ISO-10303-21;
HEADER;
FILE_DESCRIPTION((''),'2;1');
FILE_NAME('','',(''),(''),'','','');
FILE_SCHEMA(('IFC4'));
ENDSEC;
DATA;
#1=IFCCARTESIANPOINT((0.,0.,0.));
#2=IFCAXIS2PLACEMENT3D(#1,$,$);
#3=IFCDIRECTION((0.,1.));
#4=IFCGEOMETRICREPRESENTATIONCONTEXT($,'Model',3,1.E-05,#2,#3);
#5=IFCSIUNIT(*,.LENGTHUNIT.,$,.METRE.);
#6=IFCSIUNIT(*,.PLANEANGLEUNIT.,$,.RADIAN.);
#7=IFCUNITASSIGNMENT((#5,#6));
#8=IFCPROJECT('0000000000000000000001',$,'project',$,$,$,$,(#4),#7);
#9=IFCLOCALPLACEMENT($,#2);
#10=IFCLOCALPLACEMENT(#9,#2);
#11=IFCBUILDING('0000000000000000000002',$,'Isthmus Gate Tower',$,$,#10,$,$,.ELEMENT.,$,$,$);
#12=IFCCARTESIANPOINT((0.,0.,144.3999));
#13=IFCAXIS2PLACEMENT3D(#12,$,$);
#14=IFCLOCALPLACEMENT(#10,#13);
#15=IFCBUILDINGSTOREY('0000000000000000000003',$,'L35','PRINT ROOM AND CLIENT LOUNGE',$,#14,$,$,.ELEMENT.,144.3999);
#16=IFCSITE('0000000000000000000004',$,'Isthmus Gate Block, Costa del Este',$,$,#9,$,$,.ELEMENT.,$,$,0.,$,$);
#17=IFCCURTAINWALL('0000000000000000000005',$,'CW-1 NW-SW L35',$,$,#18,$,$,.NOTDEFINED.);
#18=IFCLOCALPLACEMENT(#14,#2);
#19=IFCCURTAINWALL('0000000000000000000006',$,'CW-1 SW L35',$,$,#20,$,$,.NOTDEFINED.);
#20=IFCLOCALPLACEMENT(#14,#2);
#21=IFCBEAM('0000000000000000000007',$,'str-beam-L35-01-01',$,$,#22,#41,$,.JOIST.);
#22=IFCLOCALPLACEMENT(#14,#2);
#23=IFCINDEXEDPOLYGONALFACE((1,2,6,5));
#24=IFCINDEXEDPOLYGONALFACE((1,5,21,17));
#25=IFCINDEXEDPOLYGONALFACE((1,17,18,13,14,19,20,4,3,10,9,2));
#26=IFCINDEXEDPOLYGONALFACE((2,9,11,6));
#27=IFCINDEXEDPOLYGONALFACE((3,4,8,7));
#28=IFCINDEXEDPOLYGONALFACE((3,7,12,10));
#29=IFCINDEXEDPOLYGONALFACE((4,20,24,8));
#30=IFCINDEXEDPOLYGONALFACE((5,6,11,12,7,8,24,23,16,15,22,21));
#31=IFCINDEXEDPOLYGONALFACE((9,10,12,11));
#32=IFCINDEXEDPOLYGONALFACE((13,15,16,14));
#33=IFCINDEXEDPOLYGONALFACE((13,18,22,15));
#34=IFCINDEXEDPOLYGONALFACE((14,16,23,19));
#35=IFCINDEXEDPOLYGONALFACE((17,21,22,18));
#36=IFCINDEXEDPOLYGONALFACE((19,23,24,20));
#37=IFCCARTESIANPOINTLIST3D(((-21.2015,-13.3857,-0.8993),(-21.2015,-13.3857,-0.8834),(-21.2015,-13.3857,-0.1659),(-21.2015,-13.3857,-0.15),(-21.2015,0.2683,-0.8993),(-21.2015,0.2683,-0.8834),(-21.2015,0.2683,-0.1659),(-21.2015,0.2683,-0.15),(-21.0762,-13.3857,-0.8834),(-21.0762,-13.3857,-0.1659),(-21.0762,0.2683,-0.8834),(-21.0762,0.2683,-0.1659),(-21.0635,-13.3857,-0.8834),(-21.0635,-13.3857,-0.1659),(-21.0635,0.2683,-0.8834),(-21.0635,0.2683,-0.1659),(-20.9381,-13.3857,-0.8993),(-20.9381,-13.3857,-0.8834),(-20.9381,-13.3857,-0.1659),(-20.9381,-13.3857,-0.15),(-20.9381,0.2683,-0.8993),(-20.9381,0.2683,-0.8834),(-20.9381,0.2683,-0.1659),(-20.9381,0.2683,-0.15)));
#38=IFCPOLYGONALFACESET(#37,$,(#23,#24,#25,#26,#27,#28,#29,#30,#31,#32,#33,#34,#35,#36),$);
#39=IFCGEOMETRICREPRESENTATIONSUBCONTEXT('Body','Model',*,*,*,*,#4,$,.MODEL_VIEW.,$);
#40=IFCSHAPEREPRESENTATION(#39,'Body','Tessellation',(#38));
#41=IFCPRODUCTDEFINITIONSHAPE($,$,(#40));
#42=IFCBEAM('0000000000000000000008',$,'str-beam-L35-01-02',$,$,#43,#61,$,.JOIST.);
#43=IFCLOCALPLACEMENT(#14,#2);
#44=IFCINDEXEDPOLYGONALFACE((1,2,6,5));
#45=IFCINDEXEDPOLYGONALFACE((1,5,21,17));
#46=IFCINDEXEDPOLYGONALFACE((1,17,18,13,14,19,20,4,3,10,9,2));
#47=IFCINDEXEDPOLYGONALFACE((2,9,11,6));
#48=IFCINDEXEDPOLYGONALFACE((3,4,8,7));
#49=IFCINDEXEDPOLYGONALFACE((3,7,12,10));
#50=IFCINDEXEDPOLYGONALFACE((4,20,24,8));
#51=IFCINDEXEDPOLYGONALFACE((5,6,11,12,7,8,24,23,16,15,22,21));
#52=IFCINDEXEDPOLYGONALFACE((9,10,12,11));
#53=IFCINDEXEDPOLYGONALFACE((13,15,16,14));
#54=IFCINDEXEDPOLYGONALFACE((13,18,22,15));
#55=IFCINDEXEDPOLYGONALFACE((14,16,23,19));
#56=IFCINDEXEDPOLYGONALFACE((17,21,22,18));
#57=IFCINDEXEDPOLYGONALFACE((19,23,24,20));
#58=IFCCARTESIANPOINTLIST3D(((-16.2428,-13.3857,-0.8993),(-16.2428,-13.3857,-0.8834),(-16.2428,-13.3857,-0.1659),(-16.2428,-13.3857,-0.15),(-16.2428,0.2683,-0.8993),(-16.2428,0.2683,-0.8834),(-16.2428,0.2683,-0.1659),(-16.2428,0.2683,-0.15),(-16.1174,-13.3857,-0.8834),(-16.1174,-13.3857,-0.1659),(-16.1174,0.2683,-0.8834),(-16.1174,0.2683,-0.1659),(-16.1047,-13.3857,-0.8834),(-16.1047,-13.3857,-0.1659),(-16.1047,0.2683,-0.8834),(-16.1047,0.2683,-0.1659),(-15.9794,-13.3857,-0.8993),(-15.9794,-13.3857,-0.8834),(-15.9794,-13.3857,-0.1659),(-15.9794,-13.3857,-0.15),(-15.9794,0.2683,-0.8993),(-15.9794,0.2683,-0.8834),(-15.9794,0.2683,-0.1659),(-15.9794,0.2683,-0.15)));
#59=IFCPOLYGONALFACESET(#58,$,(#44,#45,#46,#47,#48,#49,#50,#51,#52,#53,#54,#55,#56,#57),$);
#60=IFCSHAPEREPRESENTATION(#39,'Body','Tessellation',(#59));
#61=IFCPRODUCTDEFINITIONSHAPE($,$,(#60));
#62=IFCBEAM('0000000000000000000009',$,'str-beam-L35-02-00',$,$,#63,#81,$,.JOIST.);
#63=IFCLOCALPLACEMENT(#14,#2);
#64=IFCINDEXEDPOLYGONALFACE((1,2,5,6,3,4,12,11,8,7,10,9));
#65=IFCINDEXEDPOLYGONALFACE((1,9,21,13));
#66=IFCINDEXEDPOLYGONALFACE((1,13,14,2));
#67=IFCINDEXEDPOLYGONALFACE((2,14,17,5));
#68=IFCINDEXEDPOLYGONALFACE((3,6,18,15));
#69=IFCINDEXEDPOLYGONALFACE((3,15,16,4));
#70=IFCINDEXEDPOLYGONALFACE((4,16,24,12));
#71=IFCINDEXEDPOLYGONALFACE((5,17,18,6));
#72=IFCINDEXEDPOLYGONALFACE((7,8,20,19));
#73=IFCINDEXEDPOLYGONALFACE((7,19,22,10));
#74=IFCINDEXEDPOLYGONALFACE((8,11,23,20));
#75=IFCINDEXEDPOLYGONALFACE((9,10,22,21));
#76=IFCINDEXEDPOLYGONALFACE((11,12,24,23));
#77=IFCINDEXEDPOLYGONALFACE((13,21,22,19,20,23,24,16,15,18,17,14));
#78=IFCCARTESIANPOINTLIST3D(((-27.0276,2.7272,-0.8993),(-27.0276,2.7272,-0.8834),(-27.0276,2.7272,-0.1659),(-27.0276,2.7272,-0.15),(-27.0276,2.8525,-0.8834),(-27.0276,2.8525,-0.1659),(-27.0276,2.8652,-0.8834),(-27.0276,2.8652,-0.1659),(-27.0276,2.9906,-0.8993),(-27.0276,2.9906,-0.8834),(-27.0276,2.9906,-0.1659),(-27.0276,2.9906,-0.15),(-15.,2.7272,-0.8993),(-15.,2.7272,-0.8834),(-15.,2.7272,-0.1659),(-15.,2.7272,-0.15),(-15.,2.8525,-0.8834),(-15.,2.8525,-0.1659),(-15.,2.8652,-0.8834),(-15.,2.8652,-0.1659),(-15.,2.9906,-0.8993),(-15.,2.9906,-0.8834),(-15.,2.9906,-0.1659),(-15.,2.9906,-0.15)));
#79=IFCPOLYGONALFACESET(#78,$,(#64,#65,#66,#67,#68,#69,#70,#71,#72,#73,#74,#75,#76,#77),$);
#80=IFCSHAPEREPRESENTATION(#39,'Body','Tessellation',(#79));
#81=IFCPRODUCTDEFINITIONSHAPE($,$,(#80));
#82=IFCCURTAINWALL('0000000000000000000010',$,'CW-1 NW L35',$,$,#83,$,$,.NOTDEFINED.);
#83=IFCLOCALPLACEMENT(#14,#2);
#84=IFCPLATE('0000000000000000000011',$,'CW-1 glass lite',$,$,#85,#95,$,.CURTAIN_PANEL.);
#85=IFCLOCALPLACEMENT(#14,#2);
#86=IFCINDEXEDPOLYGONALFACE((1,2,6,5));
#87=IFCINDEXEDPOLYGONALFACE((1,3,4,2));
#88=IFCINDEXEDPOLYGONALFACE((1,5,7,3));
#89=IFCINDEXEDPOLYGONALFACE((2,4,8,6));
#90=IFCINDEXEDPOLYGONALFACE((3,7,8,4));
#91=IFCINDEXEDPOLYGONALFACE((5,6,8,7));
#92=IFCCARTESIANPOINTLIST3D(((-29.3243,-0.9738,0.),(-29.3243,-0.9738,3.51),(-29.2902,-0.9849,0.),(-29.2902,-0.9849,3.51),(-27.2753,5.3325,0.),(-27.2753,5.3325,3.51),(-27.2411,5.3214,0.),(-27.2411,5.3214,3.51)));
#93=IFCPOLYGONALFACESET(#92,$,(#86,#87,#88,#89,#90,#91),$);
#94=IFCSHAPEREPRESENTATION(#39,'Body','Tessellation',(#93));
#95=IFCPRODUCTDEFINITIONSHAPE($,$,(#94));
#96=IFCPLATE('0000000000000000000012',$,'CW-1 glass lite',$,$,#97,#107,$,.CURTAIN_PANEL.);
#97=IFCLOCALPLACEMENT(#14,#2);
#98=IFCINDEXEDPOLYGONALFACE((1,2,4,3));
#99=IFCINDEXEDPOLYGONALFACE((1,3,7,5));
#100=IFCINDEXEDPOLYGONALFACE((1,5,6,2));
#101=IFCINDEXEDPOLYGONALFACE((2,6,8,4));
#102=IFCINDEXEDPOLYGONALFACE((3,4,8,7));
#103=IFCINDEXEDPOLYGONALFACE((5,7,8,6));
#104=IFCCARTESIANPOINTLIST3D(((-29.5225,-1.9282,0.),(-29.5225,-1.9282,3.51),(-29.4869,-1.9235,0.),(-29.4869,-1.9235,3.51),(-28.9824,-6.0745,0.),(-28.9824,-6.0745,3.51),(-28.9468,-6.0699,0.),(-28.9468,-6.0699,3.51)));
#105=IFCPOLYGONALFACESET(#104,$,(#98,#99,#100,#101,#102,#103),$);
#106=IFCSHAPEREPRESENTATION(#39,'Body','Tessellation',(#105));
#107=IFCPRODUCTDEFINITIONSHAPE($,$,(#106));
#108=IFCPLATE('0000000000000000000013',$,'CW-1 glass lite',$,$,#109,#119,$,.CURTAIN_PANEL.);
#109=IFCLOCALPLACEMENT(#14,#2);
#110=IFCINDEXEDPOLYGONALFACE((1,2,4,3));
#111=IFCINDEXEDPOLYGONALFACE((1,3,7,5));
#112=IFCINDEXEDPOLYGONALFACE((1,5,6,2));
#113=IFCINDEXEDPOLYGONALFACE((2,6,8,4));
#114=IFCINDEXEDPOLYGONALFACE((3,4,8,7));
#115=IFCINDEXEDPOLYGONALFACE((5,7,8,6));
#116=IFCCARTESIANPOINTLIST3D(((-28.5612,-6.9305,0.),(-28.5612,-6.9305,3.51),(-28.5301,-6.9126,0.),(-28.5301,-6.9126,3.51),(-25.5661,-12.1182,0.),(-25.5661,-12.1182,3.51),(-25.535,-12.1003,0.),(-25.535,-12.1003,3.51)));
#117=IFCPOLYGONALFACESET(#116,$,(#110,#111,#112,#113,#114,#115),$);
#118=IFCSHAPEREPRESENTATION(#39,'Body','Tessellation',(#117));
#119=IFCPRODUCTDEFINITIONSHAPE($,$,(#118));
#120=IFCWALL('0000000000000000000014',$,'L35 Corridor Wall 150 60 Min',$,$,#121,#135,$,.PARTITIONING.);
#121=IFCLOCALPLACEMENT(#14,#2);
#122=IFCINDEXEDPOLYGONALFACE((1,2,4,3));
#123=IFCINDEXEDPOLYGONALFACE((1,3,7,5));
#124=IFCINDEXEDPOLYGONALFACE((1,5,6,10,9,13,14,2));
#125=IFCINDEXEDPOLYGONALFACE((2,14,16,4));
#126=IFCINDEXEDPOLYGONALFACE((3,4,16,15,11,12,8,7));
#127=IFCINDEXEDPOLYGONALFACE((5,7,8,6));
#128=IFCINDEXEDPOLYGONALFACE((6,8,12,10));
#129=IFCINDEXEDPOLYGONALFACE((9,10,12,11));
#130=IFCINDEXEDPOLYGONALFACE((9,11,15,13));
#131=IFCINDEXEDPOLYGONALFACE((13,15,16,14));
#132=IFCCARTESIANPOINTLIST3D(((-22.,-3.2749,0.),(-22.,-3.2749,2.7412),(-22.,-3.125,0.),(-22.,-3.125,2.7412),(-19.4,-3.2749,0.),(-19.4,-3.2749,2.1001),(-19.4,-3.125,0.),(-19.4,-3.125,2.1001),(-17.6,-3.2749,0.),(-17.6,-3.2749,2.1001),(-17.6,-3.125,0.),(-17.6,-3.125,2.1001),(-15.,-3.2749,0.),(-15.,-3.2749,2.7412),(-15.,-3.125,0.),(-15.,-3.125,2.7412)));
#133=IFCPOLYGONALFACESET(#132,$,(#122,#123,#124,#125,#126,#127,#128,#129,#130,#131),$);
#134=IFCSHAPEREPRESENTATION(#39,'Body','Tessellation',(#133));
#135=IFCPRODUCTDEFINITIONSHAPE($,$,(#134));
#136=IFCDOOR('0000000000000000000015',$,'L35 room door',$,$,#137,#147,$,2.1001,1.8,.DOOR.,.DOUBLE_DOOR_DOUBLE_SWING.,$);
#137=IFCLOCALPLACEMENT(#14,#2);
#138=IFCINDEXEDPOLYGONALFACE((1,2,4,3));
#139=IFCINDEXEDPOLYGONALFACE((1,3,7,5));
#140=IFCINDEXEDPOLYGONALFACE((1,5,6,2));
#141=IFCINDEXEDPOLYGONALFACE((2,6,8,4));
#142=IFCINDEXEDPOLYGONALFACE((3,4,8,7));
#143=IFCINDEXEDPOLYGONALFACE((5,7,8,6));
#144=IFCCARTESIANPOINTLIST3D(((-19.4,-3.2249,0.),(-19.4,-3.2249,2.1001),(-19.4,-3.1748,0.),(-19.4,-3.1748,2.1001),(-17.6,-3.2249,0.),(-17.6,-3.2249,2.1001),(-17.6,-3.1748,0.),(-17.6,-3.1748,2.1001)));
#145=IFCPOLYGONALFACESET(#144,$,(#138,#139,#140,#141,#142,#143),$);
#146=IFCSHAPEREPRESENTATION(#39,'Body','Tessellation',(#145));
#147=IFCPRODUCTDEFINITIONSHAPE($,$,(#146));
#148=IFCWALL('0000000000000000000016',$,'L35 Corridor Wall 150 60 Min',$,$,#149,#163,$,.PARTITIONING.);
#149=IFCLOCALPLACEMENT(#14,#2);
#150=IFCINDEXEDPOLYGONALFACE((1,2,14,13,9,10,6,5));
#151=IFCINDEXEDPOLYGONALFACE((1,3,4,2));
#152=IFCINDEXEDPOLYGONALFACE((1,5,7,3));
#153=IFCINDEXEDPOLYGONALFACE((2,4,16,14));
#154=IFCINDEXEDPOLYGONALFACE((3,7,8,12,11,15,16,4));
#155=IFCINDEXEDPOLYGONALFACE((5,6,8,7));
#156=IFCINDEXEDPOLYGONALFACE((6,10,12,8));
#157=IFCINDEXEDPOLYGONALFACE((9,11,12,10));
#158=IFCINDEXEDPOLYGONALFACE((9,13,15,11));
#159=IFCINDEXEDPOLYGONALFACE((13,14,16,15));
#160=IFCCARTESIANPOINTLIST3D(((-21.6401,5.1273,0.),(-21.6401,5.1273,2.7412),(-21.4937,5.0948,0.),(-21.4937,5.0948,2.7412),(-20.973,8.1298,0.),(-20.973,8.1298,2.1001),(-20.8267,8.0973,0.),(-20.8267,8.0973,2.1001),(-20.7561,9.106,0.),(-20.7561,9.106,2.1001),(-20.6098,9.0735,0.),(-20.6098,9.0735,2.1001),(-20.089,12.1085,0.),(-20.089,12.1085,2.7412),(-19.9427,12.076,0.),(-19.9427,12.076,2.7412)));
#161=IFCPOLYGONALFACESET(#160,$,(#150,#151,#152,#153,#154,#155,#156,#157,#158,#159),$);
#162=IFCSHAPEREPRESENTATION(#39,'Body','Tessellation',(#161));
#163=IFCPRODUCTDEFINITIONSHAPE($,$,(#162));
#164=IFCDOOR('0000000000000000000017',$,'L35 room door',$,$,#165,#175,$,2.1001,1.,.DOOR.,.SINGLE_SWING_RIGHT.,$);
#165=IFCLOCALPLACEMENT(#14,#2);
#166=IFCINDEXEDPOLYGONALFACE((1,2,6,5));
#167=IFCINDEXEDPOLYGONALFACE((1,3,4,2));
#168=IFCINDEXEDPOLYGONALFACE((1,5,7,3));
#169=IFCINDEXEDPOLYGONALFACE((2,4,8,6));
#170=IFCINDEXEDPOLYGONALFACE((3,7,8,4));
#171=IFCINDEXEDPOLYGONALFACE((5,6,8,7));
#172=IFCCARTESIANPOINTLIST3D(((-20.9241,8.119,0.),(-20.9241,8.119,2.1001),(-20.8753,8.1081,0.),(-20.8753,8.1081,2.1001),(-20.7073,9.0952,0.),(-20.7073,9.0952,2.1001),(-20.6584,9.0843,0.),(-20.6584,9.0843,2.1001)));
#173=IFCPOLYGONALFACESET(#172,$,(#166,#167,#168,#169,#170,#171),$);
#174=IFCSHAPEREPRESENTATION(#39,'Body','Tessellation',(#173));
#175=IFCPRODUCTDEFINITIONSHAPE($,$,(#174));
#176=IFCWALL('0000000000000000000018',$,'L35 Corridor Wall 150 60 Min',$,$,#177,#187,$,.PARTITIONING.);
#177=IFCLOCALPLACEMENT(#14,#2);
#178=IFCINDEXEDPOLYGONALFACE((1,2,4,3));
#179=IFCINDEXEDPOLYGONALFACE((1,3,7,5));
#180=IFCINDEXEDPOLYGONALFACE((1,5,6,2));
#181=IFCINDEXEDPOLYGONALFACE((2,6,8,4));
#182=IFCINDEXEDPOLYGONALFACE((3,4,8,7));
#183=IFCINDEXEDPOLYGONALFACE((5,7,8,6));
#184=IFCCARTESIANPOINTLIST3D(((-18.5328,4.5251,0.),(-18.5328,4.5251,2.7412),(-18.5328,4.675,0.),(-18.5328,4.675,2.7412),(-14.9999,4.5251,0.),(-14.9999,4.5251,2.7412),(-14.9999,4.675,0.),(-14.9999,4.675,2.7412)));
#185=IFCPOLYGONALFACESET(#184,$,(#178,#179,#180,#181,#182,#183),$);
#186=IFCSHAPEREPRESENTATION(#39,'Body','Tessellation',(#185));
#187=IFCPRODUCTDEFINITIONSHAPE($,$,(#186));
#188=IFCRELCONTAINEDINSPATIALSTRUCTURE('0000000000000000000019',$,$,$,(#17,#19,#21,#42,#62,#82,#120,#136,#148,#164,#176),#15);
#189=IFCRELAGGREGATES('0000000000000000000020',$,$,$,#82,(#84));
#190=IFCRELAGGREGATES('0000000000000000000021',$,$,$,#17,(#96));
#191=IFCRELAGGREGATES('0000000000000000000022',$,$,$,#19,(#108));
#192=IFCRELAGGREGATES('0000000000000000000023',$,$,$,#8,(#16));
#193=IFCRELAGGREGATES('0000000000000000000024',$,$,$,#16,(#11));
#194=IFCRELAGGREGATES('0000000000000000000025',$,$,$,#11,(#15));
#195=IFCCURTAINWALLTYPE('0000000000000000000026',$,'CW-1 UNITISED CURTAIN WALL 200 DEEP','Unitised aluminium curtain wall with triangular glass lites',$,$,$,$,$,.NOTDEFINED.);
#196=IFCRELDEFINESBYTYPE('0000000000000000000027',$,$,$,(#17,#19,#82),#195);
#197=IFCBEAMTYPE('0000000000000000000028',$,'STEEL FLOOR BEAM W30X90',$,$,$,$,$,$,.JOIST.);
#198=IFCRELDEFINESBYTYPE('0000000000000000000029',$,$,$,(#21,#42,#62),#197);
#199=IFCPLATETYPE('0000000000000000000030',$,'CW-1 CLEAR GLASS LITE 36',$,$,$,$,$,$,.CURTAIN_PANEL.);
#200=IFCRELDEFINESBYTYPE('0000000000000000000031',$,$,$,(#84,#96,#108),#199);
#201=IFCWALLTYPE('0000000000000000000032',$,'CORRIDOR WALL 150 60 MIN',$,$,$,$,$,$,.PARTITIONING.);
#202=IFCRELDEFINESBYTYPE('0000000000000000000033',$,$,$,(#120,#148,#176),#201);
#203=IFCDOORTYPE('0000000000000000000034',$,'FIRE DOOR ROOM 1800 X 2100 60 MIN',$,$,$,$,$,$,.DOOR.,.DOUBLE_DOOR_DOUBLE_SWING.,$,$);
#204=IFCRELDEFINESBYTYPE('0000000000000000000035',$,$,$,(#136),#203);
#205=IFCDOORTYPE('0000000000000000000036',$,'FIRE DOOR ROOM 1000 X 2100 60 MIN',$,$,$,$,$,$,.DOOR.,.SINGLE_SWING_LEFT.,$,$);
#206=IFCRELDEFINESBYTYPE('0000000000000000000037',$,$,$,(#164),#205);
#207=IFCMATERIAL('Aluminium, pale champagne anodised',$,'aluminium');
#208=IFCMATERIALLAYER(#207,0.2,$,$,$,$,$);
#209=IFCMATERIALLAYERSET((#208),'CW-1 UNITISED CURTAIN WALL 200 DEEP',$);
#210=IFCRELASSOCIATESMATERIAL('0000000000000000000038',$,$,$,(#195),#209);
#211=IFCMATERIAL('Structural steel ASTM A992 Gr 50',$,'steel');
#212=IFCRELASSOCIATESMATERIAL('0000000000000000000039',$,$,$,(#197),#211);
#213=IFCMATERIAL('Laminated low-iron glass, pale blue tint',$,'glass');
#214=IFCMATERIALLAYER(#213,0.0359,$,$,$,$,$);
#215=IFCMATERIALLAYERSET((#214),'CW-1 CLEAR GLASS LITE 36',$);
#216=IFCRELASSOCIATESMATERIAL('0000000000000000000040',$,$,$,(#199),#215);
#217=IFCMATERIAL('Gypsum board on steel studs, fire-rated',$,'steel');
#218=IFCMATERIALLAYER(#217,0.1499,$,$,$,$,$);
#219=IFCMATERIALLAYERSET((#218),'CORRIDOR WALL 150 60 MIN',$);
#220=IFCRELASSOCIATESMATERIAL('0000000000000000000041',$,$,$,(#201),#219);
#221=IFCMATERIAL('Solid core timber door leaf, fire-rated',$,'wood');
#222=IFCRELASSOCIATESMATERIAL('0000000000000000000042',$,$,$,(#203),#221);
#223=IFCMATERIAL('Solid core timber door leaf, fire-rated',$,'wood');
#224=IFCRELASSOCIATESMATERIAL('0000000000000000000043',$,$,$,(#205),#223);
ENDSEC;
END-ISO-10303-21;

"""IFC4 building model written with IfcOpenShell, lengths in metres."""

from ifc_helpers import new_model, si_unit, direction, frame, frame_2d, origin, origin_2d, place, context, subcontext, project, spatial, rectangle, i_section, extrude, material, layer, layer_set, material_profile, profile_set, type_object, element, fill, aggregate, save


model = new_model("IFC4")

# Units and contexts
model_context = context("Model", 3, precision=1e-05, world=origin(), true_north=direction((0.0, 1.0)))
body_context = subcontext(model_context, "Body", "Model", "MODEL_VIEW")
ifc_project = project(units=[si_unit("LENGTHUNIT", "METRE"), si_unit("PLANEANGLEUNIT", "RADIAN")], contexts=[model_context])

# Site, building, storey
site_placement = place(None, origin())
site = spatial("IfcSite", under=ifc_project, at=site_placement, Name="Isthmus Gate Block, Costa del Este", CompositionType="ELEMENT", RefElevation=0.0)
building_placement = place(site_placement, origin())
building = spatial("IfcBuilding", under=site, at=building_placement, Name="Isthmus Gate Tower", CompositionType="ELEMENT")
storey_placement = place(building_placement, frame((0.0, 0.0, 144.3999)))
storey = spatial("IfcBuildingStorey", under=building, at=storey_placement, Name="L35", Description="PRINT ROOM AND CLIENT LOUNGE", CompositionType="ELEMENT", Elevation=144.3999)

# Curtain walls
ifc_material_1 = material(Name="Aluminium, pale champagne anodised", Category="aluminium")
ifc_layer_1 = layer(ifc_material_1, 0.2)
ifc_layer_set_1 = layer_set([ifc_layer_1], Name="CW-1 UNITISED CURTAIN WALL 200 DEEP")
curtain_wall_type = type_object("IfcCurtainWallType", Name="CW-1 UNITISED CURTAIN WALL 200 DEEP", Description="Unitised aluminium curtain wall with triangular glass lites", PredefinedType="NOTDEFINED", material=ifc_layer_set_1)
curtain_wall_1_placement = place(storey_placement, origin())
curtain_wall_1 = element("IfcCurtainWall", 1, at=curtain_wall_1_placement, inside=storey, type_object=curtain_wall_type, Name="CW-1 NW-SW L35", PredefinedType="NOTDEFINED")
curtain_wall_2_placement = place(storey_placement, origin())
curtain_wall_2 = element("IfcCurtainWall", 2, at=curtain_wall_2_placement, inside=storey, type_object=curtain_wall_type, Name="CW-1 SW L35", PredefinedType="NOTDEFINED")

# Beams
ifc_material_2 = material(Name="Structural steel ASTM A992 Gr 50", Category="steel")
ifc_material_profile_1 = material_profile(ifc_material_2, i_section(OverallWidth=0.2634, OverallDepth=0.7493, WebThickness=0.0127, FlangeThickness=0.0159, at=origin_2d()), Name="W30X90")
ifc_profile_set_1 = profile_set([ifc_material_profile_1], Name="Structural steel ASTM A992 Gr 50")
beam_type_1 = type_object("IfcBeamType", Name="STEEL FLOOR BEAM W30X90", PredefinedType="JOIST", material=ifc_profile_set_1)
for number, where, z_axis, x_axis, name in (
    (3, (-21.0698, -13.3857, -0.5247), (0.0, 1.0, 0.0), (-1.0, 0.0, 0.0), "str-beam-L35-01-01"),
    (4, (-16.1111, -13.3857, -0.5247), (0.0, 1.0, 0.0), (-1.0, 0.0, 0.0), "str-beam-L35-01-02"),
):
    element("IfcBeam", number, at=place(storey_placement, frame(where, z_axis=z_axis, x_axis=x_axis)), inside=storey, type_object=beam_type_1, Name=name, PredefinedType="JOIST", context=body_context, shape_type="SweptSolid", body=[
        extrude(i_section(OverallWidth=0.2634, OverallDepth=0.7493, WebThickness=0.0127, FlangeThickness=0.0159, at=origin_2d()), origin(), (0.0, 0.0, 1.0), 13.6541),
    ])
beam_1_placement = place(storey_placement, frame((-27.0276, 2.8589, -0.5247), z_axis=(1.0, 0.0, 0.0), x_axis=(0.0, 1.0, 0.0)))
element("IfcBeam", 5, at=beam_1_placement, inside=storey, type_object=beam_type_1, Name="str-beam-L35-02-00", PredefinedType="JOIST", context=body_context, shape_type="SweptSolid", body=[
    extrude(i_section(OverallWidth=0.2634, OverallDepth=0.7493, WebThickness=0.0127, FlangeThickness=0.0159, at=origin_2d()), origin(), (0.0, 0.0, 1.0), 12.0276),
])

# Curtain wall, plate
curtain_wall_3_placement = place(storey_placement, origin())
curtain_wall_3 = element("IfcCurtainWall", 6, at=curtain_wall_3_placement, inside=storey, type_object=curtain_wall_type, Name="CW-1 NW L35", PredefinedType="NOTDEFINED")
ifc_material_3 = material(Name="Laminated low-iron glass, pale blue tint", Category="glass")
ifc_layer_2 = layer(ifc_material_3, 0.0359)
ifc_layer_set_2 = layer_set([ifc_layer_2], Name="CW-1 CLEAR GLASS LITE 36")
plate_type = type_object("IfcPlateType", Name="CW-1 CLEAR GLASS LITE 36", PredefinedType="CURTAIN_PANEL", material=ifc_layer_set_2)
plate_1_placement = place(storey_placement, frame((-28.2827, 2.1738, 0.0), z_axis=(0.0, 0.0, 1.0), x_axis=(-0.309017, -0.951057, 0.0)))
plate_1 = element("IfcPlate", 7, at=plate_1_placement, type_object=plate_type, Name="CW-1 glass lite", PredefinedType="CURTAIN_PANEL", context=body_context, shape_type="SweptSolid", body=[
    extrude(rectangle(XDim=6.6309, YDim=0.0359, at=origin_2d()), origin(), (0.0, 0.0, 1.0), 3.51),
])
aggregate(curtain_wall_3, [plate_1])

# Plates
plate_2_placement = place(storey_placement, frame((-29.2346, -3.999, 0.0), z_axis=(0.0, 0.0, 1.0), x_axis=(0.129165, -0.991623, 0.0)))
plate_2 = element("IfcPlate", 8, at=plate_2_placement, type_object=plate_type, Name="CW-1 glass lite", PredefinedType="CURTAIN_PANEL", context=body_context, shape_type="SweptSolid", body=[
    extrude(rectangle(XDim=4.1814, YDim=0.0359, at=origin_2d()), origin(), (0.0, 0.0, 1.0), 3.51),
])
aggregate(curtain_wall_1, [plate_2])
plate_3_placement = place(storey_placement, frame((-27.0481, -9.5154, 0.0), z_axis=(0.0, 0.0, 1.0), x_axis=(0.5, -0.866025, 0.0)))
plate_3 = element("IfcPlate", 9, at=plate_3_placement, type_object=plate_type, Name="CW-1 glass lite", PredefinedType="CURTAIN_PANEL", context=body_context, shape_type="SweptSolid", body=[
    extrude(rectangle(XDim=5.9902, YDim=0.0359, at=origin_2d()), origin(), (0.0, 0.0, 1.0), 3.51),
])
aggregate(curtain_wall_2, [plate_3])

# Walls, openings, doors
ifc_material_4 = material(Name="Gypsum board on steel studs, fire-rated", Category="steel")
ifc_layer_3 = layer(ifc_material_4, 0.1499)
ifc_layer_set_3 = layer_set([ifc_layer_3], Name="CORRIDOR WALL 150 60 MIN")
wall_type_1 = type_object("IfcWallType", Name="CORRIDOR WALL 150 60 MIN", PredefinedType="PARTITIONING", material=ifc_layer_set_3)
wall_1_placement = place(storey_placement, frame((-15.0, -3.2, 0.0), z_axis=(0.0, 0.0, 1.0), x_axis=(-1.0, 0.0, 0.0)))
wall_1 = element("IfcWall", 10, at=wall_1_placement, inside=storey, type_object=wall_type_1, Name="L35 Corridor Wall 150 60 Min", PredefinedType="PARTITIONING", context=body_context, shape_type="SweptSolid", body=[
    extrude(rectangle(XDim=7.0, YDim=0.1499, at=frame_2d((3.5, 0.0))), origin(), (0.0, 0.0, 1.0), 2.7412),
])
opening_1_placement = place(wall_1_placement, frame((2.6001, 0.0, 0.0)))
opening_1 = element("IfcOpeningElement", 11, at=opening_1_placement, cuts=wall_1, PredefinedType="OPENING", context=body_context, shape_type="SweptSolid", body=[
    extrude(rectangle(XDim=1.8, YDim=2.1001, at=frame_2d((0.8999, 1.05))), frame((0.0, 0.085, 0.0), z_axis=(0.0, -1.0, 0.0), x_axis=(1.0, 0.0, 0.0)), (0.0, 0.0, 1.0), 0.1699),
])
ifc_material_5 = material(Name="Solid core timber door leaf, fire-rated", Category="wood")
door_type_1 = type_object("IfcDoorType", Name="FIRE DOOR ROOM 1800 X 2100 60 MIN", OperationType="DOUBLE_DOOR_DOUBLE_SWING", PredefinedType="DOOR", material=ifc_material_5)
door_1_placement = place(opening_1_placement, origin())
door_1 = element("IfcDoor", 12, at=door_1_placement, inside=storey, type_object=door_type_1, Name="L35 room door", OperationType="DOUBLE_DOOR_DOUBLE_SWING", OverallHeight=2.1001, OverallWidth=1.8, PredefinedType="DOOR", context=body_context, shape_type="SweptSolid", body=[
    extrude(rectangle(XDim=1.8, YDim=2.1001, at=frame_2d((0.8999, 1.05))), frame((0.0, 0.0249, 0.0), z_axis=(0.0, -1.0, 0.0), x_axis=(1.0, 0.0, 0.0)), (0.0, 0.0, 1.0), 0.05),
])
fill(opening_1, door_1)
wall_2_placement = place(storey_placement, frame((-21.5669, 5.1111, 0.0), z_axis=(0.0, 0.0, 1.0), x_axis=(0.216883, 0.976198, 0.0)))
wall_2 = element("IfcWall", 13, at=wall_2_placement, inside=storey, type_object=wall_type_1, Name="L35 Corridor Wall 150 60 Min", PredefinedType="PARTITIONING", context=body_context, shape_type="SweptSolid", body=[
    extrude(rectangle(XDim=7.1514, YDim=0.1499, at=frame_2d((3.5757, 0.0))), origin(), (0.0, 0.0, 1.0), 2.7412),
])
opening_2_placement = place(wall_2_placement, frame((3.0757, 0.0, 0.0)))
opening_2 = element("IfcOpeningElement", 14, at=opening_2_placement, cuts=wall_2, PredefinedType="OPENING", context=body_context, shape_type="SweptSolid", body=[
    extrude(rectangle(XDim=1.0, YDim=2.1001, at=frame_2d((0.5, 1.05))), frame((0.0, 0.085, 0.0), z_axis=(0.0, -1.0, 0.0), x_axis=(1.0, 0.0, 0.0)), (0.0, 0.0, 1.0), 0.1699),
])
ifc_material_6 = material(Name="Solid core timber door leaf, fire-rated", Category="wood")
door_type_2 = type_object("IfcDoorType", Name="FIRE DOOR ROOM 1000 X 2100 60 MIN", OperationType="SINGLE_SWING_LEFT", PredefinedType="DOOR", material=ifc_material_6)
door_2_placement = place(opening_2_placement, origin())
door_2 = element("IfcDoor", 15, at=door_2_placement, inside=storey, type_object=door_type_2, Name="L35 room door", OperationType="SINGLE_SWING_RIGHT", OverallHeight=2.1001, OverallWidth=1.0, PredefinedType="DOOR", context=body_context, shape_type="SweptSolid", body=[
    extrude(rectangle(XDim=1.0, YDim=2.1001, at=frame_2d((0.5, 1.05))), frame((0.0, 0.0249, 0.0), z_axis=(0.0, -1.0, 0.0), x_axis=(1.0, 0.0, 0.0)), (0.0, 0.0, 1.0), 0.05),
])
fill(opening_2, door_2)

# Wall
wall_3_placement = place(storey_placement, frame((-18.533, 4.6001, 0.0), z_axis=(0.0, 0.0, 1.0), x_axis=(1.0, 0.0, 0.0)))
element("IfcWall", 16, at=wall_3_placement, inside=storey, type_object=wall_type_1, Name="L35 Corridor Wall 150 60 Min", PredefinedType="PARTITIONING", context=body_context, shape_type="SweptSolid", body=[
    extrude(rectangle(XDim=3.533, YDim=0.1499, at=frame_2d((1.7666, 0.0))), origin(), (0.0, 0.0, 1.0), 2.7412),
])

save(model, "model.ifc")
